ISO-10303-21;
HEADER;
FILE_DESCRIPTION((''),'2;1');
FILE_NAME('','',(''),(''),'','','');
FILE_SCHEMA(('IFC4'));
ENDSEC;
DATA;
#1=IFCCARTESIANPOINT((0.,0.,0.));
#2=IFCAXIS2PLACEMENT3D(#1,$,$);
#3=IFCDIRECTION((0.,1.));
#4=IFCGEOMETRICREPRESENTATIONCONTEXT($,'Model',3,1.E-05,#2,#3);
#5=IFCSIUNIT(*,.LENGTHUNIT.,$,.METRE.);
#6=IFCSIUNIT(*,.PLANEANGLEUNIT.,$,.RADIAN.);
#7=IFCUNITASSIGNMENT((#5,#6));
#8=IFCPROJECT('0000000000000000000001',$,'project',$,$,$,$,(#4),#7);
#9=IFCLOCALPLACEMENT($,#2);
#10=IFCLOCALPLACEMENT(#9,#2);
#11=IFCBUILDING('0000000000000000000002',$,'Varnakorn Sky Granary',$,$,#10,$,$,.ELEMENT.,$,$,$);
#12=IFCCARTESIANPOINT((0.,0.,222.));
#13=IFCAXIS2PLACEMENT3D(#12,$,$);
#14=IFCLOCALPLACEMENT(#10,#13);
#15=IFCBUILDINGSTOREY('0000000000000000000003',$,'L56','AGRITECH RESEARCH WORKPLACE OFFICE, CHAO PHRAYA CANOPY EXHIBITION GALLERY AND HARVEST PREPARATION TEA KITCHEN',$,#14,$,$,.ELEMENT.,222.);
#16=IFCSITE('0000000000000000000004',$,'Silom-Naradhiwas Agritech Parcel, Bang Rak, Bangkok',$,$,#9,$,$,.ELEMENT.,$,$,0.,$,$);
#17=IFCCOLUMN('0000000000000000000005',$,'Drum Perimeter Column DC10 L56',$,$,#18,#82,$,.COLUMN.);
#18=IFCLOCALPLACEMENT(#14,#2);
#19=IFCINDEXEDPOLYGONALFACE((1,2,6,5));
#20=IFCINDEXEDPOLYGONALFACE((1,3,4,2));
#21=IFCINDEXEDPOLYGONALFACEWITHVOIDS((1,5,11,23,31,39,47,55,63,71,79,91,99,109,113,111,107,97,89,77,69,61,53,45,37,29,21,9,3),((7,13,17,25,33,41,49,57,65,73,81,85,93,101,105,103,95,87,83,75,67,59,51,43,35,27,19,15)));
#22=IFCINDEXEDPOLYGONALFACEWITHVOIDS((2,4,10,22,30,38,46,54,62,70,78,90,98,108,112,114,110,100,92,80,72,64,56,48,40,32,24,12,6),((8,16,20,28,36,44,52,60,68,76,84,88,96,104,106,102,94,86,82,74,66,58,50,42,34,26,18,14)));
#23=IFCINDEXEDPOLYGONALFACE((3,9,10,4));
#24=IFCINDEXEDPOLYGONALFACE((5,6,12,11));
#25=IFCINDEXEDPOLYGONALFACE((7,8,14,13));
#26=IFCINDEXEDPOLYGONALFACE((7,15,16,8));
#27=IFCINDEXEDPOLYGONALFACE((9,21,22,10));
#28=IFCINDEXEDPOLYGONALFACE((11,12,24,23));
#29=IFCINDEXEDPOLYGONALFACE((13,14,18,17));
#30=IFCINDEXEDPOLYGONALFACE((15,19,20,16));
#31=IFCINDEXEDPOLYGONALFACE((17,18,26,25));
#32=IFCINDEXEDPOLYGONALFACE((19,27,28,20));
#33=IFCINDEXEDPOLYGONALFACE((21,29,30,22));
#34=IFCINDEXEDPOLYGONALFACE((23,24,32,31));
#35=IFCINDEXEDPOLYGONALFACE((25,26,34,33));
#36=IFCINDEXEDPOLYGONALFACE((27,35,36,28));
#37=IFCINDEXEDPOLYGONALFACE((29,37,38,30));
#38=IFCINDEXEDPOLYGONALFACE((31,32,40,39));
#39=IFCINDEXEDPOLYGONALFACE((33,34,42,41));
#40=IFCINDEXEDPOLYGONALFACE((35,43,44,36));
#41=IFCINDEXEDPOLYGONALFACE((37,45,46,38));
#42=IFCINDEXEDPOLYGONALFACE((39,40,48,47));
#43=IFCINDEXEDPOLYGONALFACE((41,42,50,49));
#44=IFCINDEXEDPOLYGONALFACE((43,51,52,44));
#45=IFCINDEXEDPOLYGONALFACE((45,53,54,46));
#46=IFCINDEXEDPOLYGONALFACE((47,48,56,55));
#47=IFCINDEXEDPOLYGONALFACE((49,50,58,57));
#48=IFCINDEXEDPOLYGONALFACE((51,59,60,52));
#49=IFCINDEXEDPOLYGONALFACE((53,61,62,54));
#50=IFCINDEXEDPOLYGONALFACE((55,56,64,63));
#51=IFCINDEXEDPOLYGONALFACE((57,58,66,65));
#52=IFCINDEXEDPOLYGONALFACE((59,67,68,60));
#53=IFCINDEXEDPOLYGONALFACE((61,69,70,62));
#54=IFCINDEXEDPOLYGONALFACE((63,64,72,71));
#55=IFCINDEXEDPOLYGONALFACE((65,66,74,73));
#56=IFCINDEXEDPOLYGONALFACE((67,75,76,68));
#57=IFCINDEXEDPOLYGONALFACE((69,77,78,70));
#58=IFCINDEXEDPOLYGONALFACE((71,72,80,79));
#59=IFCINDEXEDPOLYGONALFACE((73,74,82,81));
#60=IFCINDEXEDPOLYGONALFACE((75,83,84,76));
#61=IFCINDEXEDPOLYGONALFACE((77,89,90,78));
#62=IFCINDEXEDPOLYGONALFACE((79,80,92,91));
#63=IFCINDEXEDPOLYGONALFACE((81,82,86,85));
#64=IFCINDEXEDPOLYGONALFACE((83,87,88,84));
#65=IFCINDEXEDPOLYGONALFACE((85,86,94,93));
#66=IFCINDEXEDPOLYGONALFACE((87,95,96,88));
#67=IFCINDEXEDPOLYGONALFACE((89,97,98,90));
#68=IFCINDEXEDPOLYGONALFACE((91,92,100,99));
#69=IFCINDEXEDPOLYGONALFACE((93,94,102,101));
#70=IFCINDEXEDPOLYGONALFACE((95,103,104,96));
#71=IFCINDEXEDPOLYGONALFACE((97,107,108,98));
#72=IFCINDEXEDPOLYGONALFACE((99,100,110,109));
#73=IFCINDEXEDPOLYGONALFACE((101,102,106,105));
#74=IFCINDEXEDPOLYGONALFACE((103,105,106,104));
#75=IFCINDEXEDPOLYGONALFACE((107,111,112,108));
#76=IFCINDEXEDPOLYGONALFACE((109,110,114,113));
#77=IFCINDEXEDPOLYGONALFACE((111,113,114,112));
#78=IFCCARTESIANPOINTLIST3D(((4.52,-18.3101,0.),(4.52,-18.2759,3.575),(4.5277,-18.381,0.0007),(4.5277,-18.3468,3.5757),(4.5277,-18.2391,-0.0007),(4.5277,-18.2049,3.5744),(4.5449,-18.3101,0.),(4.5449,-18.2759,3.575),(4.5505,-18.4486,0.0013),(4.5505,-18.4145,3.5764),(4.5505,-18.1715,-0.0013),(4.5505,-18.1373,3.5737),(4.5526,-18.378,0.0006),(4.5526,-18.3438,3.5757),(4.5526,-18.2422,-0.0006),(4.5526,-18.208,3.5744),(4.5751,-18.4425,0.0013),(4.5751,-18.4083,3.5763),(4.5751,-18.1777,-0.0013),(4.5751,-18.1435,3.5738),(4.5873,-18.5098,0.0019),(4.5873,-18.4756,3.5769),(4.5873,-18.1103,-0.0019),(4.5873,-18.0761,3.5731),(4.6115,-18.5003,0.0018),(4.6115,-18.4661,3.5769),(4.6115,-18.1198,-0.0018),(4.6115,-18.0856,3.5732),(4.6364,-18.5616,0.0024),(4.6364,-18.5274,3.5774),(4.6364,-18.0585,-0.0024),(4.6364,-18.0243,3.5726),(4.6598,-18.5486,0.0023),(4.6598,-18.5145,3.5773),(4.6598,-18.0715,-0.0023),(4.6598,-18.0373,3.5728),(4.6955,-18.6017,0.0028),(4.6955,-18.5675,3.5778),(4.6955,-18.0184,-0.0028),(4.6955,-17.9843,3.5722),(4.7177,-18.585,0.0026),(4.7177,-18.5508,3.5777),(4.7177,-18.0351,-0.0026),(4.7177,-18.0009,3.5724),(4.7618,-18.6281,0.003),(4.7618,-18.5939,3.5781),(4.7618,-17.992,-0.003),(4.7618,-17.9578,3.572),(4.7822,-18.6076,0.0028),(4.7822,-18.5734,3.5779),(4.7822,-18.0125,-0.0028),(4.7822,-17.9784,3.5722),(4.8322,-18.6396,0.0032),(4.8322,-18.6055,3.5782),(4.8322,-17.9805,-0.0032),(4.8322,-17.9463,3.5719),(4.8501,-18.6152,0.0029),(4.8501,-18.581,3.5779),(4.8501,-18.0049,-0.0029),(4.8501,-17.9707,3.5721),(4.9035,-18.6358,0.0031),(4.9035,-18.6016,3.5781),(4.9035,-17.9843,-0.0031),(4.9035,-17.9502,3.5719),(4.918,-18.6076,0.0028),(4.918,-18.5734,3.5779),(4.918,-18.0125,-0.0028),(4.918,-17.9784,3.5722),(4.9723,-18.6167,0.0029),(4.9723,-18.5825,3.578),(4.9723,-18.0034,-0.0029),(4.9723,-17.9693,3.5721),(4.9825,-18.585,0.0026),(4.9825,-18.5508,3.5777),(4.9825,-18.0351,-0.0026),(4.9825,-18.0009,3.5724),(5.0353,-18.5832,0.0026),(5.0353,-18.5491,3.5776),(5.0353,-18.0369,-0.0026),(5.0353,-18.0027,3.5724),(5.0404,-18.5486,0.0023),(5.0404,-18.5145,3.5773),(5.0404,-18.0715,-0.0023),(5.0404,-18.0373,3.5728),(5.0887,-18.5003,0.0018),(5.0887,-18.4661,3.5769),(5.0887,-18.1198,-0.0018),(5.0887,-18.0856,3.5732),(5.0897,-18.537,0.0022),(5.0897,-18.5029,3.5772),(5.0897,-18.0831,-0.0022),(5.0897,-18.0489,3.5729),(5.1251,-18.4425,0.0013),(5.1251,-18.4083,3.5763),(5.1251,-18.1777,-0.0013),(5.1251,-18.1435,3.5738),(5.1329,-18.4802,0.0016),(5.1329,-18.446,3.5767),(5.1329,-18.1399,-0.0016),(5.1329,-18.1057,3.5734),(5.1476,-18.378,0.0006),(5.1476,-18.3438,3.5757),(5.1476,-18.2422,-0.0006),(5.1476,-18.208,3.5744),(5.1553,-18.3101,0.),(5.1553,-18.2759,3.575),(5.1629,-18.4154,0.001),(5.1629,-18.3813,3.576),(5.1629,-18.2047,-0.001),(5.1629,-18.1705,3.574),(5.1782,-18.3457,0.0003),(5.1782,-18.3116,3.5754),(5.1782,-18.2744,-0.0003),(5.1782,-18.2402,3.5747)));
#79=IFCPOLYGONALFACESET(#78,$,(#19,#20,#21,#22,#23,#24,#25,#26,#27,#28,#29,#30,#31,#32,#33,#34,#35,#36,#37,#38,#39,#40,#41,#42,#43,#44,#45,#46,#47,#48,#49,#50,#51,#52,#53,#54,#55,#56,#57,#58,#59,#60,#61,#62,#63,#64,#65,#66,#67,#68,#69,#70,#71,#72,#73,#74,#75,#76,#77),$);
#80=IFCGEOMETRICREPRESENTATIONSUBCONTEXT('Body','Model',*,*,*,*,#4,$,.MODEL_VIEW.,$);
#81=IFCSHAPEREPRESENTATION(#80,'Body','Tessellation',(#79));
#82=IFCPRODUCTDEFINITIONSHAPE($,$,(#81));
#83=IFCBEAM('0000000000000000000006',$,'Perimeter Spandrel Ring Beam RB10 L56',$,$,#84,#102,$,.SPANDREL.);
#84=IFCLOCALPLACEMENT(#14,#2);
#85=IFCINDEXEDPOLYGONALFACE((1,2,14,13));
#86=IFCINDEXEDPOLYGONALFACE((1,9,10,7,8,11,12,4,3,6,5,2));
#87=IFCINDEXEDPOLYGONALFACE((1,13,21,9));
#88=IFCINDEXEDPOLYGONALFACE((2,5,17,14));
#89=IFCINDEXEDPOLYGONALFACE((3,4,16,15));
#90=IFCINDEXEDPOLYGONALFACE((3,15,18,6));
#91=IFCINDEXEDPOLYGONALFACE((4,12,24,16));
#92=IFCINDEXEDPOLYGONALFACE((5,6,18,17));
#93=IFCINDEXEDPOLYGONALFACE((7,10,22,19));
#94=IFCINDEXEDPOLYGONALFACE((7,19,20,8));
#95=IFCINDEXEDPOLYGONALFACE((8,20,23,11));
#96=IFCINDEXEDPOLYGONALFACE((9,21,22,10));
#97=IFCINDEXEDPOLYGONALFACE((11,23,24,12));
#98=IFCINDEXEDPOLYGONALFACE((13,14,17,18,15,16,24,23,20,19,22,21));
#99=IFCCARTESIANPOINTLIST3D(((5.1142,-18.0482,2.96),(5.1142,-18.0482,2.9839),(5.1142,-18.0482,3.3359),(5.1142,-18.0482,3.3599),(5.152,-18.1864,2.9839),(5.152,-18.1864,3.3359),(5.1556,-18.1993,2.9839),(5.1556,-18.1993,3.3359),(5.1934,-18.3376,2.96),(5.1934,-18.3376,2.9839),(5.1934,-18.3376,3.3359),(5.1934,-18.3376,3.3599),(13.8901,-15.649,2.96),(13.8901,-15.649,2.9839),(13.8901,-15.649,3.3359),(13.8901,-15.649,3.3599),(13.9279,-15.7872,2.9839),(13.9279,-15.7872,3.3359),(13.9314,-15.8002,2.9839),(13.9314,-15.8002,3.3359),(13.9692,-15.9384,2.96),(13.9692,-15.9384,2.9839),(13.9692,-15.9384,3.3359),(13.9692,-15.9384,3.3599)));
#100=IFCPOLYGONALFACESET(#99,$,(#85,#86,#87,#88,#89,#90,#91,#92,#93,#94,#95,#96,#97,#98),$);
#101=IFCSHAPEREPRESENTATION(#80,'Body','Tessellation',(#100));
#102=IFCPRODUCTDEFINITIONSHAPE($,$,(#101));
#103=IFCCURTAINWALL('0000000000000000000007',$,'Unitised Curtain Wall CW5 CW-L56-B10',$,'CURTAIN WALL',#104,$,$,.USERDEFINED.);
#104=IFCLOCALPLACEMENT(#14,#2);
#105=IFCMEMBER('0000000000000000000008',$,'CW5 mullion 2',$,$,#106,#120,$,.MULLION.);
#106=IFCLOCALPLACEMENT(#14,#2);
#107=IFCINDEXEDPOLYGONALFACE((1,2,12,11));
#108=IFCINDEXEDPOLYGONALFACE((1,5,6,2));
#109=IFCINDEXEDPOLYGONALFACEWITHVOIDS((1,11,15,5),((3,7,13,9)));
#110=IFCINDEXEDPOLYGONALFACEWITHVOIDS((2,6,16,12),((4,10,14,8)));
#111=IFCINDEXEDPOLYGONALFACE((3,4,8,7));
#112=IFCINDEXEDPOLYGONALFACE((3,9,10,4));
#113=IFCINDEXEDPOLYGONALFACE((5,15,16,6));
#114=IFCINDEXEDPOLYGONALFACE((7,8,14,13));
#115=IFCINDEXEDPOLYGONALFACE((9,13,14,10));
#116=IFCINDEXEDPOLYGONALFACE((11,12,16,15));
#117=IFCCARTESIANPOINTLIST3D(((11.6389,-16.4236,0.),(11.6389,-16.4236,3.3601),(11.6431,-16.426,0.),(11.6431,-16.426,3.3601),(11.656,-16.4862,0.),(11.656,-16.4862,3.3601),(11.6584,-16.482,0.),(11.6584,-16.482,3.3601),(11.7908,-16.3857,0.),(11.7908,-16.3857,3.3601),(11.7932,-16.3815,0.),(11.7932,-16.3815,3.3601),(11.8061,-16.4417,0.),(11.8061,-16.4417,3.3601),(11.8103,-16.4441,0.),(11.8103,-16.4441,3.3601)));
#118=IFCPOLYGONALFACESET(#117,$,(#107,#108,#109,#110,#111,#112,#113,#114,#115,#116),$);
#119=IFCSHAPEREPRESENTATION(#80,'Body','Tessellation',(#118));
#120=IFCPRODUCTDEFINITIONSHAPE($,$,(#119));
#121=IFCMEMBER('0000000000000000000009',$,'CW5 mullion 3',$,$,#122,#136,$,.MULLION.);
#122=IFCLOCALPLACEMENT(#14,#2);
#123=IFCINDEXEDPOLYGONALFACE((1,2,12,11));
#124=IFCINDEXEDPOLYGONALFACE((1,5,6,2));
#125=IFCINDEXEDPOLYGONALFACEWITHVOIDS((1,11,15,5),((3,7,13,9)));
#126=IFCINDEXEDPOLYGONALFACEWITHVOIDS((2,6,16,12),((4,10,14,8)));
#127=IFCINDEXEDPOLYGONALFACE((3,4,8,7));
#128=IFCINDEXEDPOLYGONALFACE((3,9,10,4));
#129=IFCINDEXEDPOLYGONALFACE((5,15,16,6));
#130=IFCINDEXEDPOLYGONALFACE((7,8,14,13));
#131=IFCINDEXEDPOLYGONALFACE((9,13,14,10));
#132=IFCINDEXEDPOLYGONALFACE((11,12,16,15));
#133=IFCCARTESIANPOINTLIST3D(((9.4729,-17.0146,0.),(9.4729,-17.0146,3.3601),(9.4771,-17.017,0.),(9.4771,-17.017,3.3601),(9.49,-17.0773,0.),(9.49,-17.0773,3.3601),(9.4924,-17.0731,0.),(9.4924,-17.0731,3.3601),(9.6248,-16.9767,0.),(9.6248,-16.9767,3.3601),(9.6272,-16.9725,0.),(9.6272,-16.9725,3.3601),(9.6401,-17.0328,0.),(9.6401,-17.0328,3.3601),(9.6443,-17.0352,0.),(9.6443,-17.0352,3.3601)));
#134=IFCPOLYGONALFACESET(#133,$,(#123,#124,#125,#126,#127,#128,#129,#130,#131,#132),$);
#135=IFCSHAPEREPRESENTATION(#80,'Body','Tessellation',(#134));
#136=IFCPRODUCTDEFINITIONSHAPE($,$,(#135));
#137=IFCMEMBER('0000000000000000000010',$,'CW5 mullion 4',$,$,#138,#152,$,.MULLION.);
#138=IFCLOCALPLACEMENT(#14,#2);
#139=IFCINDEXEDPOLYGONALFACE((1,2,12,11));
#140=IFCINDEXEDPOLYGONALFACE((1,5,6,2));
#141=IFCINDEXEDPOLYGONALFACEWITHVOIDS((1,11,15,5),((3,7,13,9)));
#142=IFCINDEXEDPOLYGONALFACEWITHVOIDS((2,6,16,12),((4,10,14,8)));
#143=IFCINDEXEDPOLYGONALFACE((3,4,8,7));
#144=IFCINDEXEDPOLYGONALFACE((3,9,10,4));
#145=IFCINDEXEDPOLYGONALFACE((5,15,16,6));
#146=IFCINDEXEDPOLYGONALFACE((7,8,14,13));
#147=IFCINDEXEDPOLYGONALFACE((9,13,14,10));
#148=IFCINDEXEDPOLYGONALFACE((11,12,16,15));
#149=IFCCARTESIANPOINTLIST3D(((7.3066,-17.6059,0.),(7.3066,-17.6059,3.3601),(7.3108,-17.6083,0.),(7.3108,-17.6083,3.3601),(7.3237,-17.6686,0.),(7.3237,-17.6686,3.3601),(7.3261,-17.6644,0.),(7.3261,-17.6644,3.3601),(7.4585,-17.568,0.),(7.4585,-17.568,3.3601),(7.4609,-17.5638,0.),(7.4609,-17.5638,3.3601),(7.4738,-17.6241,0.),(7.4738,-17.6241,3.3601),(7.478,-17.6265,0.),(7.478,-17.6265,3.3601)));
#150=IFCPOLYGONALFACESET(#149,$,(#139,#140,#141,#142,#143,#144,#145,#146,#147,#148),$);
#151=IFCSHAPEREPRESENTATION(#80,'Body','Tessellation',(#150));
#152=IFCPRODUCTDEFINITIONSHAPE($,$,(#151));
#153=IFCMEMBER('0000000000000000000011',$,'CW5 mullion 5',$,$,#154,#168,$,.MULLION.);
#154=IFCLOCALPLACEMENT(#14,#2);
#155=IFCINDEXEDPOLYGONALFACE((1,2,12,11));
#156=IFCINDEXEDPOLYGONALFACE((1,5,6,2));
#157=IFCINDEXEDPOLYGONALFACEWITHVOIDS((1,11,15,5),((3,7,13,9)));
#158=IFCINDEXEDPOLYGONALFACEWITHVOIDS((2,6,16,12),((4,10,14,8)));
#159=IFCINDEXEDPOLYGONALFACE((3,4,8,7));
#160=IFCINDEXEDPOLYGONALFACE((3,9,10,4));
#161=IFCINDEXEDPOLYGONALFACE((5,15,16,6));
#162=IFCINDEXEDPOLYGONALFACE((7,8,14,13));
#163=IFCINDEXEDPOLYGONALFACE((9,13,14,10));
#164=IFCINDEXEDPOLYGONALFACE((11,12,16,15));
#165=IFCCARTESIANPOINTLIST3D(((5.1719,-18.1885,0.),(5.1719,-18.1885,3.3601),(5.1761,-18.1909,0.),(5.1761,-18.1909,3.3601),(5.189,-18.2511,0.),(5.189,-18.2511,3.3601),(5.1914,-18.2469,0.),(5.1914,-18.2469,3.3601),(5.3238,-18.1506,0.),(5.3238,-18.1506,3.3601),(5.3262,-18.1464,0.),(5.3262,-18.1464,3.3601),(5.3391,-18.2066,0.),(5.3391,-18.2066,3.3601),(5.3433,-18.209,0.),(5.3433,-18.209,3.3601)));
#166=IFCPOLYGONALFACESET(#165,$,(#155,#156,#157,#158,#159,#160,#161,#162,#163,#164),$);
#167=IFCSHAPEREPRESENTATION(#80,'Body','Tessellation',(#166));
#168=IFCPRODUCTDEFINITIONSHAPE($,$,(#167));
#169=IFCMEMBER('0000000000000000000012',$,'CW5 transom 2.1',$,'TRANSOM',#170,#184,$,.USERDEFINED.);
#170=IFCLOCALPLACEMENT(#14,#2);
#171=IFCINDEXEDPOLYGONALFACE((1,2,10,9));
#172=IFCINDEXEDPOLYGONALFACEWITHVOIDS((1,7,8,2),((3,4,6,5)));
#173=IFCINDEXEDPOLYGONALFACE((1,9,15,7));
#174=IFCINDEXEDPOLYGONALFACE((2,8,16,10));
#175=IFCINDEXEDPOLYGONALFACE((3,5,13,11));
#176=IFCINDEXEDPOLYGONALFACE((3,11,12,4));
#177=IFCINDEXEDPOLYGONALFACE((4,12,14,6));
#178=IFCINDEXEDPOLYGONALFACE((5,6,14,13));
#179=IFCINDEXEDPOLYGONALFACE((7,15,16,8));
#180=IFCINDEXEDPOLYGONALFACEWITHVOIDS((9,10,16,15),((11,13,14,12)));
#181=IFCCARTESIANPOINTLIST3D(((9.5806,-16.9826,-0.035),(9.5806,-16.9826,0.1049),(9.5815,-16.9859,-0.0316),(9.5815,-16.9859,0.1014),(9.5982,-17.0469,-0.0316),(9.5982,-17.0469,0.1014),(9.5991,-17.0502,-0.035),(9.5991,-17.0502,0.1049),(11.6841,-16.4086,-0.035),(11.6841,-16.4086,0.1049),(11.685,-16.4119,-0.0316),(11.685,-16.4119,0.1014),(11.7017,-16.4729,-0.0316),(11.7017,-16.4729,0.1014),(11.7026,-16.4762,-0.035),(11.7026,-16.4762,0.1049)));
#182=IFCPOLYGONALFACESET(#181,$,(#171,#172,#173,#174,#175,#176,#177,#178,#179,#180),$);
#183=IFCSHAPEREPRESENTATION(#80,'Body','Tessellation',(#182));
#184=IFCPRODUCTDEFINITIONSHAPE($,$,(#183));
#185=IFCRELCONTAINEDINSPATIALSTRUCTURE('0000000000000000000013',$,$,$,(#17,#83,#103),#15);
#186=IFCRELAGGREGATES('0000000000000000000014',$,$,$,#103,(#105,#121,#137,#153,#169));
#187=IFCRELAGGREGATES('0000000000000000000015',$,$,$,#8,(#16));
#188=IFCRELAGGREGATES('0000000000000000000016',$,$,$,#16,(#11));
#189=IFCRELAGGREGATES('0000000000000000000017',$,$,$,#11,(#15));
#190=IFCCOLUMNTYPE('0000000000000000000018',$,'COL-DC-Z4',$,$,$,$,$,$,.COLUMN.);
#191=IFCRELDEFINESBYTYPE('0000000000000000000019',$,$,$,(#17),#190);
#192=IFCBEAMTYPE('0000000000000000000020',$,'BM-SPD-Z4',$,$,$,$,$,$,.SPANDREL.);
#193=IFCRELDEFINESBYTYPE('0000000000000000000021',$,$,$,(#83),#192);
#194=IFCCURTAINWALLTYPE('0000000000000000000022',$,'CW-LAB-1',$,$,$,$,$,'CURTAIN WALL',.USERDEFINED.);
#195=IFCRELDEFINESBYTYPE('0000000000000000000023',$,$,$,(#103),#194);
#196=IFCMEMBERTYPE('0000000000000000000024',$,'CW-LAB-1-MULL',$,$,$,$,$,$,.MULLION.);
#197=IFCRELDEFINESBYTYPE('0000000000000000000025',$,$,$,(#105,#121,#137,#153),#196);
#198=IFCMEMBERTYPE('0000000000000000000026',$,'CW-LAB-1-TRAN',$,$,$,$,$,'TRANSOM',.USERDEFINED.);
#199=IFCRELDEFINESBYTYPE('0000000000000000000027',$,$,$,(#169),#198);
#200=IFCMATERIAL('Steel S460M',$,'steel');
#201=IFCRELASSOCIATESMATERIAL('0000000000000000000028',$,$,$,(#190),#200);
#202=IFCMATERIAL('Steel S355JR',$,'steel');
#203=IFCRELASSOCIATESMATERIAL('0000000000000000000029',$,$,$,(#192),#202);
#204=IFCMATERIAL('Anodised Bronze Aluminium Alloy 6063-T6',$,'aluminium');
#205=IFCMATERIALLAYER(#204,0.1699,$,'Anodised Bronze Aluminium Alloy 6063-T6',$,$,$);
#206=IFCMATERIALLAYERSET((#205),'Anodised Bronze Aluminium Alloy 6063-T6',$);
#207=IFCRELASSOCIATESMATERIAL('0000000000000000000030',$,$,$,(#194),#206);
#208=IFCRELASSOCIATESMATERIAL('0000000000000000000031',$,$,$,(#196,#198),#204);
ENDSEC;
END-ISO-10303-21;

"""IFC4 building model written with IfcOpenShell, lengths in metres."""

from ifc_helpers import new_model, si_unit, direction, frame, origin, origin_2d, place, context, subcontext, project, spatial, hollow_rectangle, hollow_circle, i_section, extrude, material, layer, layer_set, material_profile, profile_set, type_object, element, aggregate, save


model = new_model("IFC4")

# Units and contexts
model_context = context("Model", 3, precision=1e-05, world=origin(), true_north=direction((0.0, 1.0)))
body_context = subcontext(model_context, "Body", "Model", "MODEL_VIEW")
ifc_project = project(units=[si_unit("LENGTHUNIT", "METRE"), si_unit("PLANEANGLEUNIT", "RADIAN")], contexts=[model_context])

# Site, building, storey
site_placement = place(None, origin())
site = spatial("IfcSite", under=ifc_project, at=site_placement, Name="Silom-Naradhiwas Agritech Parcel, Bang Rak, Bangkok", CompositionType="ELEMENT", RefElevation=0.0)
building_placement = place(site_placement, origin())
building = spatial("IfcBuilding", under=site, at=building_placement, Name="Varnakorn Sky Granary", CompositionType="ELEMENT")
storey_placement = place(building_placement, frame((0.0, 0.0, 222.0)))
storey = spatial("IfcBuildingStorey", under=building, at=storey_placement, Name="L56", Description="AGRITECH RESEARCH WORKPLACE OFFICE, CHAO PHRAYA CANOPY EXHIBITION GALLERY AND HARVEST PREPARATION TEA KITCHEN", CompositionType="ELEMENT", Elevation=222.0)

# Column
ifc_material_1 = material(Name="Steel S460M", Category="steel")
ifc_material_profile_1 = material_profile(ifc_material_1, hollow_circle(Radius=0.3301, WallThickness=0.0249, at=origin_2d()), Name="CHS 660x25")
ifc_profile_set_1 = profile_set([ifc_material_profile_1], Name="Steel S460M")
column_type = type_object("IfcColumnType", Name="COL-DC-Z4", PredefinedType="COLUMN", material=ifc_profile_set_1)
column_placement = place(storey_placement, frame((4.8501, -18.3101, 0.0), z_axis=(0.0, 0.00956, 0.999954), x_axis=(-1.0, 0.0, 0.0)))
element("IfcColumn", 1, at=column_placement, inside=storey, type_object=column_type, Name="Drum Perimeter Column DC10 L56", PredefinedType="COLUMN", context=body_context, shape_type="SweptSolid", body=[
    extrude(hollow_circle(Radius=0.3301, WallThickness=0.0249, at=origin_2d()), origin(), (0.0, 0.0, 1.0), 3.5752),
])

# Beam
ifc_material_2 = material(Name="Steel S355JR", Category="steel")
ifc_material_profile_2 = material_profile(ifc_material_2, i_section(OverallWidth=0.3, OverallDepth=0.3999, WebThickness=0.0134, FlangeThickness=0.0239, at=origin_2d()), Name="HE 400 B")
ifc_profile_set_2 = profile_set([ifc_material_profile_2], Name="Steel S355JR")
beam_type = type_object("IfcBeamType", Name="BM-SPD-Z4", PredefinedType="SPANDREL", material=ifc_profile_set_2)
beam_placement = place(storey_placement, frame((5.1538, -18.1929, 3.1599), z_axis=(0.964603, 0.263705, 0.0), x_axis=(-0.263705, 0.964603, 0.0)))
element("IfcBeam", 2, at=beam_placement, inside=storey, type_object=beam_type, Name="Perimeter Spandrel Ring Beam RB10 L56", PredefinedType="SPANDREL", context=body_context, shape_type="SweptSolid", body=[
    extrude(i_section(OverallWidth=0.3, OverallDepth=0.3999, WebThickness=0.0134, FlangeThickness=0.0239, at=origin_2d()), origin(), (0.0, 0.0, 1.0), 9.0979),
])

# Curtain wall, members
ifc_material_3 = material(Name="Anodised Bronze Aluminium Alloy 6063-T6", Category="aluminium")
ifc_layer_1 = layer(ifc_material_3, 0.1699, Name="Anodised Bronze Aluminium Alloy 6063-T6")
ifc_layer_set_1 = layer_set([ifc_layer_1], Name="Anodised Bronze Aluminium Alloy 6063-T6")
curtain_wall_type = type_object("IfcCurtainWallType", Name="CW-LAB-1", ElementType="CURTAIN WALL", PredefinedType="USERDEFINED", material=ifc_layer_set_1)
curtain_wall_placement = place(storey_placement, origin())
curtain_wall = element("IfcCurtainWall", 3, at=curtain_wall_placement, inside=storey, type_object=curtain_wall_type, Name="Unitised Curtain Wall CW5 CW-L56-B10", ObjectType="CURTAIN WALL", PredefinedType="USERDEFINED")
ifc_material_profile_3 = material_profile(ifc_material_3, hollow_rectangle(XDim=0.0649, YDim=0.1599, WallThickness=0.0034, at=origin_2d()), Name="ALU MULL 65x160")
ifc_profile_set_3 = profile_set([ifc_material_profile_3], Name="Anodised Bronze Aluminium Alloy 6063-T6")
member_type_1 = type_object("IfcMemberType", Name="CW-LAB-1-MULL", PredefinedType="MULLION", material=ifc_profile_set_3)
member_1_placement = place(storey_placement, frame((11.7246, -16.4338, 0.0), z_axis=(0.0, 0.0, 1.0), x_axis=(0.263276, -0.964721, 0.0)))
member_1 = element("IfcMember", 4, at=member_1_placement, type_object=member_type_1, Name="CW5 mullion 2", PredefinedType="MULLION", context=body_context, shape_type="SweptSolid", body=[
    extrude(hollow_rectangle(XDim=0.0649, YDim=0.1599, WallThickness=0.0034, at=origin_2d()), origin(), (0.0, 0.0, 1.0), 3.3601),
])
member_2_placement = place(storey_placement, frame((9.5586, -17.0249, 0.0), z_axis=(0.0, 0.0, 1.0), x_axis=(0.263276, -0.964721, 0.0)))
member_2 = element("IfcMember", 5, at=member_2_placement, type_object=member_type_1, Name="CW5 mullion 3", PredefinedType="MULLION", context=body_context, shape_type="SweptSolid", body=[
    extrude(hollow_rectangle(XDim=0.0649, YDim=0.1599, WallThickness=0.0034, at=origin_2d()), origin(), (0.0, 0.0, 1.0), 3.3601),
])
member_3_placement = place(storey_placement, frame((7.3923, -17.6162, 0.0), z_axis=(0.0, 0.0, 1.0), x_axis=(0.263276, -0.964721, 0.0)))
member_3 = element("IfcMember", 6, at=member_3_placement, type_object=member_type_1, Name="CW5 mullion 4", PredefinedType="MULLION", context=body_context, shape_type="SweptSolid", body=[
    extrude(hollow_rectangle(XDim=0.0649, YDim=0.1599, WallThickness=0.0034, at=origin_2d()), origin(), (0.0, 0.0, 1.0), 3.3601),
])
member_4_placement = place(storey_placement, frame((5.2576, -18.1987, 0.0), z_axis=(0.0, 0.0, 1.0), x_axis=(0.263276, -0.964721, 0.0)))
member_4 = element("IfcMember", 7, at=member_4_placement, type_object=member_type_1, Name="CW5 mullion 5", PredefinedType="MULLION", context=body_context, shape_type="SweptSolid", body=[
    extrude(hollow_rectangle(XDim=0.0649, YDim=0.1599, WallThickness=0.0034, at=origin_2d()), origin(), (0.0, 0.0, 1.0), 3.3601),
])
ifc_material_profile_4 = material_profile(ifc_material_3, hollow_rectangle(XDim=0.0701, YDim=0.1399, WallThickness=0.0034, at=origin_2d()), Name="ALU TRAN 70x140")
ifc_profile_set_4 = profile_set([ifc_material_profile_4], Name="Anodised Bronze Aluminium Alloy 6063-T6")
member_type_2 = type_object("IfcMemberType", Name="CW-LAB-1-TRAN", ElementType="TRANSOM", PredefinedType="USERDEFINED", material=ifc_profile_set_4)
member_5_placement = place(storey_placement, frame((11.6934, -16.4424, 0.0349), z_axis=(-0.96473, -0.263241, 0.0), x_axis=(0.263241, -0.96473, 0.0)))
member_5 = element("IfcMember", 8, at=member_5_placement, type_object=member_type_2, Name="CW5 transom 2.1", ObjectType="TRANSOM", PredefinedType="USERDEFINED", context=body_context, shape_type="SweptSolid", body=[
    extrude(hollow_rectangle(XDim=0.0701, YDim=0.1399, WallThickness=0.0034, at=origin_2d()), origin(), (0.0, 0.0, 1.0), 2.1804),
])

aggregate(curtain_wall, [member_1, member_2, member_3, member_4, member_5])

save(model, "model.ifc")
